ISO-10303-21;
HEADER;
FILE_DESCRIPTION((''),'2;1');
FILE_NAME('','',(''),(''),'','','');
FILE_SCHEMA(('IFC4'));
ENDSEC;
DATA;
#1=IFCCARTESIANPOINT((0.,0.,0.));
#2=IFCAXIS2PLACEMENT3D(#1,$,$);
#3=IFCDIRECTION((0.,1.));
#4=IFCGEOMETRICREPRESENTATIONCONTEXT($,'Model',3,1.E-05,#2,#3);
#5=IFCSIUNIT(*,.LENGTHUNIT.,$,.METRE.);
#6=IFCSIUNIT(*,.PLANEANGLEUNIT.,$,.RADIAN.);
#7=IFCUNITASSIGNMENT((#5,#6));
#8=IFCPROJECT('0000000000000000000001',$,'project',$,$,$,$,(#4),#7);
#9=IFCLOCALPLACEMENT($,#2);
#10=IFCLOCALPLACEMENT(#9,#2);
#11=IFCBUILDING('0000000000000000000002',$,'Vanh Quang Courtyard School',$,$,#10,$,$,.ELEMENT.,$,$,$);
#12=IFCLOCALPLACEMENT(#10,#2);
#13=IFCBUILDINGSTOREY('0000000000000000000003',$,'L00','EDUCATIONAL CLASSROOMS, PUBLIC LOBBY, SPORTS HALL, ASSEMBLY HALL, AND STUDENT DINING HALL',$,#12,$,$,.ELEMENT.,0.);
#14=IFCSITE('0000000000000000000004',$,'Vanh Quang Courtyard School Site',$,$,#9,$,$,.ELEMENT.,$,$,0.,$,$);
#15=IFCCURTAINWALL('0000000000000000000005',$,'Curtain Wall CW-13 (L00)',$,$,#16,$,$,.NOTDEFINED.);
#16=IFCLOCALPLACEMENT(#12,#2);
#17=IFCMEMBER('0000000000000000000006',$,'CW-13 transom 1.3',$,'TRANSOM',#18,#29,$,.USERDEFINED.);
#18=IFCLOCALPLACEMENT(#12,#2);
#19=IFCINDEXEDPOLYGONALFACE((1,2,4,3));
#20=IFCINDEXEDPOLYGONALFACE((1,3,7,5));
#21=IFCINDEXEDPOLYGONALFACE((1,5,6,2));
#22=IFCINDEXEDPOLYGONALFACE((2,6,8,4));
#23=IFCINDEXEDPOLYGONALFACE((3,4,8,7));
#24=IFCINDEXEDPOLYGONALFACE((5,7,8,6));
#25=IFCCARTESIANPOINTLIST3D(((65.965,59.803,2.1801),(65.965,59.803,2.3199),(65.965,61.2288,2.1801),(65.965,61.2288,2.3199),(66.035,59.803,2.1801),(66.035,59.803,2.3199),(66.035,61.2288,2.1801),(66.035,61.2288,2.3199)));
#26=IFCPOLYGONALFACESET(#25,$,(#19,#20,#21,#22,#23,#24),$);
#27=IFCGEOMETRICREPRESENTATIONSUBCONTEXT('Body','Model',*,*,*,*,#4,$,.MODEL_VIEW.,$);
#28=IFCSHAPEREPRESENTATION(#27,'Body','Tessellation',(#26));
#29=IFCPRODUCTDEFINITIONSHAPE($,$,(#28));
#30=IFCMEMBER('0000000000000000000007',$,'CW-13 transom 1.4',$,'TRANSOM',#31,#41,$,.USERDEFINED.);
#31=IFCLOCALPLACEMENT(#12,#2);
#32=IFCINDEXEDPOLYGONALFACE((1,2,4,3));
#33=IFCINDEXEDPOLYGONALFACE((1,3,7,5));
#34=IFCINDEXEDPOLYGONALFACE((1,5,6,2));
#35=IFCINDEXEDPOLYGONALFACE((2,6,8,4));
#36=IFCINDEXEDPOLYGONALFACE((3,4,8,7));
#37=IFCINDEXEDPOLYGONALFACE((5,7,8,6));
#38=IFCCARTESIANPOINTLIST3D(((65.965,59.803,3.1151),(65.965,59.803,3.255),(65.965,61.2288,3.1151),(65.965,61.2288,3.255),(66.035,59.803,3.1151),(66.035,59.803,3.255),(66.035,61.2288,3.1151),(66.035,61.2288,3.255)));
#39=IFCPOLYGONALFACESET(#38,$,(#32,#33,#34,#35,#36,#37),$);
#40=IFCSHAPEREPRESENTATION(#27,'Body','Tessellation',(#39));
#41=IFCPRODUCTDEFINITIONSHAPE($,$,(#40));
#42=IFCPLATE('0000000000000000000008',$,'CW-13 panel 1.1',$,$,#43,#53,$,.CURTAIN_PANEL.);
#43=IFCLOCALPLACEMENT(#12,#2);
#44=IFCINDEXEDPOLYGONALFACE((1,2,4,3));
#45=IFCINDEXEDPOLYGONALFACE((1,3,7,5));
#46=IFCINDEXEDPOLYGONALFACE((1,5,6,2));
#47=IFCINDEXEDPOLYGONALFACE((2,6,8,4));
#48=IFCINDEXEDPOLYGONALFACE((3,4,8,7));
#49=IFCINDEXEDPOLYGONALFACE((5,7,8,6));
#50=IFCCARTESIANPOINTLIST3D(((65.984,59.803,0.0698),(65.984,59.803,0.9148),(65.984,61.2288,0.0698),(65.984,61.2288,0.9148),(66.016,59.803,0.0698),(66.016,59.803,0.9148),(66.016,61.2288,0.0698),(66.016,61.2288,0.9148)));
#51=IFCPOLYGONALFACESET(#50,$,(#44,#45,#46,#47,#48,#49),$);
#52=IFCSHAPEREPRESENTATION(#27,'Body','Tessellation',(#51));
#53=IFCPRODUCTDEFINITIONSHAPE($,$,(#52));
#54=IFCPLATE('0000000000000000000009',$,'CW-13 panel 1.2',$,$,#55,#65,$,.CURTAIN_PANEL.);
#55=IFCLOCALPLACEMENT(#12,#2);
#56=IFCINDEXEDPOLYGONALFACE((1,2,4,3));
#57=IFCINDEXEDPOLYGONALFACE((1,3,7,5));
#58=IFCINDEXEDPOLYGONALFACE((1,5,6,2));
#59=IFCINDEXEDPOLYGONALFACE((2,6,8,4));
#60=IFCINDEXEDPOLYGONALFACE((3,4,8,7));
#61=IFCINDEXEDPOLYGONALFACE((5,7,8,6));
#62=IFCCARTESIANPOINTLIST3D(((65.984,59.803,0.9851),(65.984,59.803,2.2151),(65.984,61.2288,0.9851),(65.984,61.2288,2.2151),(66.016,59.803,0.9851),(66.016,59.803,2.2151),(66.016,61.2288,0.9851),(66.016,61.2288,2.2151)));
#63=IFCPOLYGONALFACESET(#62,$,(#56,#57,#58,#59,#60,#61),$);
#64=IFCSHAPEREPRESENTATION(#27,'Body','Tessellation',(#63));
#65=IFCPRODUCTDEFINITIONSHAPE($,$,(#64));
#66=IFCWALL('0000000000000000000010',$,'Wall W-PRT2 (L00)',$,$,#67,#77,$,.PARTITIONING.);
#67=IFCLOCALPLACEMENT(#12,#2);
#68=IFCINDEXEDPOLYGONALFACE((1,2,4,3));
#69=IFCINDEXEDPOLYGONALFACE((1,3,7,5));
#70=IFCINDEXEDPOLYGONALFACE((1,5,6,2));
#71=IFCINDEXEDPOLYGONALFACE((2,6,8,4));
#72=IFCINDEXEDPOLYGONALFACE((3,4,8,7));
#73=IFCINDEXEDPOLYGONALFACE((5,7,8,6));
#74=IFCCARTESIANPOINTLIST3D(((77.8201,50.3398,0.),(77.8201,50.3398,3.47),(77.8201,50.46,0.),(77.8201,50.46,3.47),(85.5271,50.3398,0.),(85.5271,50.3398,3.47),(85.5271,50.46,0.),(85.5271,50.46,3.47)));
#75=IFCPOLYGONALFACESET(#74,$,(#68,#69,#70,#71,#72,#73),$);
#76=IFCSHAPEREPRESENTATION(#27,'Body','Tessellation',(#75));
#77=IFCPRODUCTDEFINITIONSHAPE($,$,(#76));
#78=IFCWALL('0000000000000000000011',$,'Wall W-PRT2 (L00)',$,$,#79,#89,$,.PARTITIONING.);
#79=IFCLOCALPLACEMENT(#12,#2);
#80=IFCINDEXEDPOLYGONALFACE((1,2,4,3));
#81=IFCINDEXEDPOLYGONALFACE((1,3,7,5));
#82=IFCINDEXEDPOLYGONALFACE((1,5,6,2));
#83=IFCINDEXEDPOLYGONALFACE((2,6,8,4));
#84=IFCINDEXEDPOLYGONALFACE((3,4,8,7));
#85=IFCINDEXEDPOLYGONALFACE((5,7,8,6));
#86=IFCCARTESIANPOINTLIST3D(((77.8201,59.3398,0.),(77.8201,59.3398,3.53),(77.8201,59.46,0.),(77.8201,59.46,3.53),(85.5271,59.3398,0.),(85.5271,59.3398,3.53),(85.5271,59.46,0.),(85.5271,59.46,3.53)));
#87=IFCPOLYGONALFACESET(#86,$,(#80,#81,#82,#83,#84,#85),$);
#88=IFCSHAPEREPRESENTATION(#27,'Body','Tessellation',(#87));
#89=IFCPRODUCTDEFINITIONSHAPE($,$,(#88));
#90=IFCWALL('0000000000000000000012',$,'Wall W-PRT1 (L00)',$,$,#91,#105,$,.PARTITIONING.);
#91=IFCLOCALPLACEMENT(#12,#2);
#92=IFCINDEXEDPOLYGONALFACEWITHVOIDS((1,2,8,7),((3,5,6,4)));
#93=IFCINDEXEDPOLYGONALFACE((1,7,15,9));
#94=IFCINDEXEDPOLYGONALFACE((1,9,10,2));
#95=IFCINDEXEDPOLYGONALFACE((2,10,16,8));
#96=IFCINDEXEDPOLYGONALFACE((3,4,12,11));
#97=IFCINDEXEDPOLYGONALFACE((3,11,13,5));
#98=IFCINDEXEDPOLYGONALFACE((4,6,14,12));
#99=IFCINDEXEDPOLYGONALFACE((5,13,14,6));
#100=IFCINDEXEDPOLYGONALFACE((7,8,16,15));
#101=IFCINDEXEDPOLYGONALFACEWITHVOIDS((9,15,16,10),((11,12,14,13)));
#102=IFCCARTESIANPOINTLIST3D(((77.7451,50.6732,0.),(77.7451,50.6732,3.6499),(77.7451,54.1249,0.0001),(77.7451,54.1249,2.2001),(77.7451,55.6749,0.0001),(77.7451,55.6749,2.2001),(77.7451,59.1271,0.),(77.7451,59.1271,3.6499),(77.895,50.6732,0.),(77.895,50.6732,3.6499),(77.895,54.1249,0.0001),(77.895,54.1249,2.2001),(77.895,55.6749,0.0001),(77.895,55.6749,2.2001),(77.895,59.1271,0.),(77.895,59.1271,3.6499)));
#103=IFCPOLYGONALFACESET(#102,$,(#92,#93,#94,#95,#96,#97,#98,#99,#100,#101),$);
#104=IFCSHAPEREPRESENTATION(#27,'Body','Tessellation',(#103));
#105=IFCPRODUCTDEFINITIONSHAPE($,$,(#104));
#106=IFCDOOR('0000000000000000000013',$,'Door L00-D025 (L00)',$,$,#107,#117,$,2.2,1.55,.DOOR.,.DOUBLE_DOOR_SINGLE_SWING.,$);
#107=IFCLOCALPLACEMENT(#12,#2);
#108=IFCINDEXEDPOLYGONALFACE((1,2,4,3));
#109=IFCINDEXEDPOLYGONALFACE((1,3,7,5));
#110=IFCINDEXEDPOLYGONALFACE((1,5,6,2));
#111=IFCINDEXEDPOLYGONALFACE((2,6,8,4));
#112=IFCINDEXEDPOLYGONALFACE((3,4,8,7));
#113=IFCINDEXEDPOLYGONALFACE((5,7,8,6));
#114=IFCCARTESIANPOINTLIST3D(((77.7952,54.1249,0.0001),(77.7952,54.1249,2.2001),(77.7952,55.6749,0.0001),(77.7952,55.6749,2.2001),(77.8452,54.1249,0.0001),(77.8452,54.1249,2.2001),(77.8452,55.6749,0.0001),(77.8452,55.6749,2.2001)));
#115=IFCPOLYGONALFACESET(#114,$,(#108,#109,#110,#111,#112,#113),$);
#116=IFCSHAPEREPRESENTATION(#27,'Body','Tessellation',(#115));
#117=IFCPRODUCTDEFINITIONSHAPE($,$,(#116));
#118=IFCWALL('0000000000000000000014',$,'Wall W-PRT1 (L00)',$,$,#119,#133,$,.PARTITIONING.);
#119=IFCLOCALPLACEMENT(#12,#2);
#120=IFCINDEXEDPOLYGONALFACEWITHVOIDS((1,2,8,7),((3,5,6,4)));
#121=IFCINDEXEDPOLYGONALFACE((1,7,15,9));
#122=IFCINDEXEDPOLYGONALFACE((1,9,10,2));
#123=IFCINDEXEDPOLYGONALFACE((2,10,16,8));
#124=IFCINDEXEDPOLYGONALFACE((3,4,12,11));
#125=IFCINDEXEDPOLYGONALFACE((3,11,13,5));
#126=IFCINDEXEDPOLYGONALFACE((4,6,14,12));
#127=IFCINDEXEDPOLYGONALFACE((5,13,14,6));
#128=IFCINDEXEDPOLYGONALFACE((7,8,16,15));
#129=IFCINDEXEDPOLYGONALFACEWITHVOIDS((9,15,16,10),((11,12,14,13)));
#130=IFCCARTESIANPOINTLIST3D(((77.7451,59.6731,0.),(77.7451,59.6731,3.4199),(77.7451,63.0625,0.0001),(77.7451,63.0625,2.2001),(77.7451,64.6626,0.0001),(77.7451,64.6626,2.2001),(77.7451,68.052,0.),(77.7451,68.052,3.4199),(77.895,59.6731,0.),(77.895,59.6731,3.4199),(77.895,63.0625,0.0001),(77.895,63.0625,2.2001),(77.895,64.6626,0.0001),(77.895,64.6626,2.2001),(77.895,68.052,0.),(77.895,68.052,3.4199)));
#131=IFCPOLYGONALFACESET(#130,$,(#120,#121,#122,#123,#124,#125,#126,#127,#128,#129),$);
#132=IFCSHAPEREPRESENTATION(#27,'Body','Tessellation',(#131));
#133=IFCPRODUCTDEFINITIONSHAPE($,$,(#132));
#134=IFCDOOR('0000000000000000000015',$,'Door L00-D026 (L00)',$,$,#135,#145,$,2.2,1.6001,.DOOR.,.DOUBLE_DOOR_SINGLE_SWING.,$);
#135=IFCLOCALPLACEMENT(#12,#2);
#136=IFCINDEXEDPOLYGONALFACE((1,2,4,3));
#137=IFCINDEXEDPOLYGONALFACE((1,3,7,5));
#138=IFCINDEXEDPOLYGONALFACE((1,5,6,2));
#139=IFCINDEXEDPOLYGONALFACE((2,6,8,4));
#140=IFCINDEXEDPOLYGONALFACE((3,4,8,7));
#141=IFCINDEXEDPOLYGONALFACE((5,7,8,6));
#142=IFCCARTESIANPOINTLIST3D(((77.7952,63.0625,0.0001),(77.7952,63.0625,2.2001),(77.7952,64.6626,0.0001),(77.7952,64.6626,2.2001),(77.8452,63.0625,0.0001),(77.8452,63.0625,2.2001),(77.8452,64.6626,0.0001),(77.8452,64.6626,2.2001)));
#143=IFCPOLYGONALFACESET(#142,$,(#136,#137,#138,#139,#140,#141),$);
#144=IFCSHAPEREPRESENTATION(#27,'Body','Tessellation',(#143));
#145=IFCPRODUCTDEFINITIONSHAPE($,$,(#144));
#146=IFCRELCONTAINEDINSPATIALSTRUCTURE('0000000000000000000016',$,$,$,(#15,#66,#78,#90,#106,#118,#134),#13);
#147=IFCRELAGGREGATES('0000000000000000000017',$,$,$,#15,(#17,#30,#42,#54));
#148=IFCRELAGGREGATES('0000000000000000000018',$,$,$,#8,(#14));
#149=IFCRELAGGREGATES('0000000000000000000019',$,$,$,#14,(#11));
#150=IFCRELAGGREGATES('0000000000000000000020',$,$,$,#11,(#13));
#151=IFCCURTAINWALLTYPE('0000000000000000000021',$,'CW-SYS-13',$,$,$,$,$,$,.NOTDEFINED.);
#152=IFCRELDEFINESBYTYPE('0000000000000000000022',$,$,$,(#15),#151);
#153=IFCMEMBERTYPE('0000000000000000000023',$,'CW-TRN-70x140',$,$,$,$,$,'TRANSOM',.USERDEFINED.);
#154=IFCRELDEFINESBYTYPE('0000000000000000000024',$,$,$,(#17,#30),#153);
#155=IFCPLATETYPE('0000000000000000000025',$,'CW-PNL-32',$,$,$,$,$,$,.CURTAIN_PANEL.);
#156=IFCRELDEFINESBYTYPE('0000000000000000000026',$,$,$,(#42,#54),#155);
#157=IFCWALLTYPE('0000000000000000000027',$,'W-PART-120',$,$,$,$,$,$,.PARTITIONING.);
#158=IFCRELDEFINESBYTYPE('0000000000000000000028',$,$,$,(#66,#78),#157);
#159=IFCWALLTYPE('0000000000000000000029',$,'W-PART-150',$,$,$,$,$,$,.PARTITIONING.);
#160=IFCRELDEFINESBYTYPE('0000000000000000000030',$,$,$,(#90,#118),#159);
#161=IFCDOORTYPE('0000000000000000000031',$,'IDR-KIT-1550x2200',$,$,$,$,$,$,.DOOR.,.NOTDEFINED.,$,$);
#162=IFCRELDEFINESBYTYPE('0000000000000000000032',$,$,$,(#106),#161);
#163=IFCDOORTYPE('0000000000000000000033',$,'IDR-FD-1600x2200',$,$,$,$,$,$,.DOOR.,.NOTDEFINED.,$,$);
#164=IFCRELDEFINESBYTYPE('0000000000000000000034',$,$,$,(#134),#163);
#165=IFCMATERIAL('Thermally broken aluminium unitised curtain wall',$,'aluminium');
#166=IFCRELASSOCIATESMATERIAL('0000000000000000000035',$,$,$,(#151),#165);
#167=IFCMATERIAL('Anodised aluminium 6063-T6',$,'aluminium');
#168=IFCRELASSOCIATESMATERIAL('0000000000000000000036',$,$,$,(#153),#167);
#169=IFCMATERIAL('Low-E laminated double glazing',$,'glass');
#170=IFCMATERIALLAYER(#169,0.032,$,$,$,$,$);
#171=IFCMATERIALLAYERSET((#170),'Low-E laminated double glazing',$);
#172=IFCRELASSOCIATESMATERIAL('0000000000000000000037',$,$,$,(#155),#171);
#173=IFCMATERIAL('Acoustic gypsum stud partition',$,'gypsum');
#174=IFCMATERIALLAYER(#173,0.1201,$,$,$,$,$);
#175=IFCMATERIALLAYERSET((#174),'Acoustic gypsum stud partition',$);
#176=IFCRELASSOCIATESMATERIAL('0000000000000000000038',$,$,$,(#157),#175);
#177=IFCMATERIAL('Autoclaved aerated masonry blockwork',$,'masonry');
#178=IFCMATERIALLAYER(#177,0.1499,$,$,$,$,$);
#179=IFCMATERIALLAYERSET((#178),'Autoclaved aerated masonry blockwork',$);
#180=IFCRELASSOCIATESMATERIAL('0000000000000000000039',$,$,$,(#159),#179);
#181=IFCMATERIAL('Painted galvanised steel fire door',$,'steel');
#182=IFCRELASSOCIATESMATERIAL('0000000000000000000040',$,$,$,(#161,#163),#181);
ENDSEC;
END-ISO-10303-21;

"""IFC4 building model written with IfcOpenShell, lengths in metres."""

from ifc_helpers import new_model, si_unit, direction, frame, frame_2d, origin, origin_2d, place, context, subcontext, project, spatial, rectangle, extrude, material, layer, layer_set, material_profile, profile_set, type_object, element, fill, aggregate, save


model = new_model("IFC4")

# Units and contexts
model_context = context("Model", 3, precision=1e-05, world=origin(), true_north=direction((0.0, 1.0)))
body_context = subcontext(model_context, "Body", "Model", "MODEL_VIEW")
ifc_project = project(units=[si_unit("LENGTHUNIT", "METRE"), si_unit("PLANEANGLEUNIT", "RADIAN")], contexts=[model_context])

# Site, building, storey
site_placement = place(None, origin())
site = spatial("IfcSite", under=ifc_project, at=site_placement, Name="Vanh Quang Courtyard School Site", CompositionType="ELEMENT", RefElevation=0.0)
building_placement = place(site_placement, origin())
building = spatial("IfcBuilding", under=site, at=building_placement, Name="Vanh Quang Courtyard School", CompositionType="ELEMENT")
storey_placement = place(building_placement, origin())
storey = spatial("IfcBuildingStorey", under=building, at=storey_placement, Name="L00", Description="EDUCATIONAL CLASSROOMS, PUBLIC LOBBY, SPORTS HALL, ASSEMBLY HALL, AND STUDENT DINING HALL", CompositionType="ELEMENT", Elevation=0.0)

# Curtain wall, members, plates
ifc_material_1 = material(Name="Thermally broken aluminium unitised curtain wall", Category="aluminium")
curtain_wall_type = type_object("IfcCurtainWallType", Name="CW-SYS-13", PredefinedType="NOTDEFINED", material=ifc_material_1)
curtain_wall_placement = place(storey_placement, origin())
curtain_wall = element("IfcCurtainWall", 1, at=curtain_wall_placement, inside=storey, type_object=curtain_wall_type, Name="Curtain Wall CW-13 (L00)", PredefinedType="NOTDEFINED")
ifc_material_2 = material(Name="Anodised aluminium 6063-T6", Category="aluminium")
ifc_material_profile_1 = material_profile(ifc_material_2, rectangle(XDim=0.0701, YDim=0.1399, at=origin_2d()), Name="ALU-TRN 70x140")
ifc_profile_set_1 = profile_set([ifc_material_profile_1], Name="Anodised aluminium 6063-T6")
member_type = type_object("IfcMemberType", Name="CW-TRN-70x140", ElementType="TRANSOM", PredefinedType="USERDEFINED", material=ifc_profile_set_1)
member_1_placement = place(storey_placement, frame((66.0, 59.803, 2.25), z_axis=(0.0, 1.0, 0.0), x_axis=(-1.0, 0.0, 0.0)))
member_1 = element("IfcMember", 2, at=member_1_placement, type_object=member_type, Name="CW-13 transom 1.3", ObjectType="TRANSOM", PredefinedType="USERDEFINED", context=body_context, shape_type="SweptSolid", body=[
    extrude(rectangle(XDim=0.0701, YDim=0.1399, at=origin_2d()), origin(), (0.0, 0.0, 1.0), 1.4258),
])
member_2_placement = place(storey_placement, frame((66.0, 59.803, 3.1851), z_axis=(0.0, 1.0, 0.0), x_axis=(-1.0, 0.0, 0.0)))
member_2 = element("IfcMember", 3, at=member_2_placement, type_object=member_type, Name="CW-13 transom 1.4", ObjectType="TRANSOM", PredefinedType="USERDEFINED", context=body_context, shape_type="SweptSolid", body=[
    extrude(rectangle(XDim=0.0701, YDim=0.1399, at=origin_2d()), origin(), (0.0, 0.0, 1.0), 1.4258),
])
ifc_material_3 = material(Name="Low-E laminated double glazing", Category="glass")
ifc_layer_1 = layer(ifc_material_3, 0.032)
ifc_layer_set_1 = layer_set([ifc_layer_1], Name="Low-E laminated double glazing")
plate_type = type_object("IfcPlateType", Name="CW-PNL-32", PredefinedType="CURTAIN_PANEL", material=ifc_layer_set_1)
plate_1_placement = place(storey_placement, frame((66.0, 60.5159, 0.0698), z_axis=(0.0, 0.0, 1.0), x_axis=(0.0, 1.0, 0.0)))
plate_1 = element("IfcPlate", 4, at=plate_1_placement, type_object=plate_type, Name="CW-13 panel 1.1", PredefinedType="CURTAIN_PANEL", context=body_context, shape_type="SweptSolid", body=[
    extrude(rectangle(XDim=1.4258, YDim=0.032, at=origin_2d()), origin(), (0.0, 0.0, 1.0), 0.845),
])
plate_2_placement = place(storey_placement, frame((66.0, 60.5159, 0.9851), z_axis=(0.0, 0.0, 1.0), x_axis=(0.0, 1.0, 0.0)))
plate_2 = element("IfcPlate", 5, at=plate_2_placement, type_object=plate_type, Name="CW-13 panel 1.2", PredefinedType="CURTAIN_PANEL", context=body_context, shape_type="SweptSolid", body=[
    extrude(rectangle(XDim=1.4258, YDim=0.032, at=origin_2d()), origin(), (0.0, 0.0, 1.0), 1.23),
])
aggregate(curtain_wall, [member_1, member_2, plate_1, plate_2])

# Walls
ifc_material_4 = material(Name="Acoustic gypsum stud partition", Category="gypsum")
ifc_layer_2 = layer(ifc_material_4, 0.1201)
ifc_layer_set_2 = layer_set([ifc_layer_2], Name="Acoustic gypsum stud partition")
wall_type_1 = type_object("IfcWallType", Name="W-PART-120", PredefinedType="PARTITIONING", material=ifc_layer_set_2)
wall_1_placement = place(storey_placement, frame((77.8201, 50.3999, 0.0), z_axis=(0.0, 0.0, 1.0), x_axis=(1.0, 0.0, 0.0)))
element("IfcWall", 6, at=wall_1_placement, inside=storey, type_object=wall_type_1, Name="Wall W-PRT2 (L00)", PredefinedType="PARTITIONING", context=body_context, shape_type="SweptSolid", body=[
    extrude(rectangle(XDim=7.707, YDim=0.1201, at=frame_2d((3.8535, 0.0))), origin(), (0.0, 0.0, 1.0), 3.47),
])
wall_2_placement = place(storey_placement, frame((77.8201, 59.3999, 0.0), z_axis=(0.0, 0.0, 1.0), x_axis=(1.0, 0.0, 0.0)))
element("IfcWall", 7, at=wall_2_placement, inside=storey, type_object=wall_type_1, Name="Wall W-PRT2 (L00)", PredefinedType="PARTITIONING", context=body_context, shape_type="SweptSolid", body=[
    extrude(rectangle(XDim=7.707, YDim=0.1201, at=frame_2d((3.8535, 0.0))), origin(), (0.0, 0.0, 1.0), 3.53),
])

# Walls, openings, doors
ifc_material_5 = material(Name="Autoclaved aerated masonry blockwork", Category="masonry")
ifc_layer_3 = layer(ifc_material_5, 0.1499)
ifc_layer_set_3 = layer_set([ifc_layer_3], Name="Autoclaved aerated masonry blockwork")
wall_type_2 = type_object("IfcWallType", Name="W-PART-150", PredefinedType="PARTITIONING", material=ifc_layer_set_3)
wall_3_placement = place(storey_placement, frame((77.8201, 50.6731, 0.0), z_axis=(0.0, 0.0, 1.0), x_axis=(0.0, 1.0, 0.0)))
wall_3 = element("IfcWall", 8, at=wall_3_placement, inside=storey, type_object=wall_type_2, Name="Wall W-PRT1 (L00)", PredefinedType="PARTITIONING", context=body_context, shape_type="SweptSolid", body=[
    extrude(rectangle(XDim=8.4539, YDim=0.1499, at=frame_2d((4.2271, 0.0))), origin(), (0.0, 0.0, 1.0), 3.6499),
])
opening_1_placement = place(wall_3_placement, frame((3.4519, 0.0, 0.0)))
opening_1 = element("IfcOpeningElement", 9, at=opening_1_placement, cuts=wall_3, PredefinedType="OPENING", context=body_context, shape_type="SweptSolid", body=[
    extrude(rectangle(XDim=1.55, YDim=2.2, at=frame_2d((0.7749, 1.1001))), frame((0.0, 0.085, 0.0), z_axis=(0.0, -1.0, 0.0), x_axis=(1.0, 0.0, 0.0)), (0.0, 0.0, 1.0), 0.1699),
])
ifc_material_6 = material(Name="Painted galvanised steel fire door", Category="steel")
door_type_1 = type_object("IfcDoorType", Name="IDR-KIT-1550x2200", OperationType="NOTDEFINED", PredefinedType="DOOR", material=ifc_material_6)
door_1_placement = place(opening_1_placement, origin())
door_1 = element("IfcDoor", 10, at=door_1_placement, inside=storey, type_object=door_type_1, Name="Door L00-D025 (L00)", OperationType="DOUBLE_DOOR_SINGLE_SWING", OverallHeight=2.2, OverallWidth=1.55, PredefinedType="DOOR", context=body_context, shape_type="SweptSolid", body=[
    extrude(rectangle(XDim=1.55, YDim=2.2, at=frame_2d((0.7749, 1.1001))), frame((0.0, 0.0249, 0.0), z_axis=(0.0, -1.0, 0.0), x_axis=(1.0, 0.0, 0.0)), (0.0, 0.0, 1.0), 0.05),
])
fill(opening_1, door_1)
wall_4_placement = place(storey_placement, frame((77.8201, 59.6731, 0.0), z_axis=(0.0, 0.0, 1.0), x_axis=(0.0, 1.0, 0.0)))
wall_4 = element("IfcWall", 11, at=wall_4_placement, inside=storey, type_object=wall_type_2, Name="Wall W-PRT1 (L00)", PredefinedType="PARTITIONING", context=body_context, shape_type="SweptSolid", body=[
    extrude(rectangle(XDim=8.3789, YDim=0.1499, at=frame_2d((4.1895, 0.0))), origin(), (0.0, 0.0, 1.0), 3.4199),
])
opening_2_placement = place(wall_4_placement, frame((3.3894, 0.0, 0.0)))
opening_2 = element("IfcOpeningElement", 12, at=opening_2_placement, cuts=wall_4, PredefinedType="OPENING", context=body_context, shape_type="SweptSolid", body=[
    extrude(rectangle(XDim=1.6001, YDim=2.2, at=frame_2d((0.8, 1.1001))), frame((0.0, 0.085, 0.0), z_axis=(0.0, -1.0, 0.0), x_axis=(1.0, 0.0, 0.0)), (0.0, 0.0, 1.0), 0.1699),
])
door_type_2 = type_object("IfcDoorType", Name="IDR-FD-1600x2200", OperationType="NOTDEFINED", PredefinedType="DOOR", material=ifc_material_6)
door_2_placement = place(opening_2_placement, origin())
door_2 = element("IfcDoor", 13, at=door_2_placement, inside=storey, type_object=door_type_2, Name="Door L00-D026 (L00)", OperationType="DOUBLE_DOOR_SINGLE_SWING", OverallHeight=2.2, OverallWidth=1.6001, PredefinedType="DOOR", context=body_context, shape_type="SweptSolid", body=[
    extrude(rectangle(XDim=1.6001, YDim=2.2, at=frame_2d((0.8, 1.1001))), frame((0.0, 0.0249, 0.0), z_axis=(0.0, -1.0, 0.0), x_axis=(1.0, 0.0, 0.0)), (0.0, 0.0, 1.0), 0.05),
])
fill(opening_2, door_2)

save(model, "model.ifc")
